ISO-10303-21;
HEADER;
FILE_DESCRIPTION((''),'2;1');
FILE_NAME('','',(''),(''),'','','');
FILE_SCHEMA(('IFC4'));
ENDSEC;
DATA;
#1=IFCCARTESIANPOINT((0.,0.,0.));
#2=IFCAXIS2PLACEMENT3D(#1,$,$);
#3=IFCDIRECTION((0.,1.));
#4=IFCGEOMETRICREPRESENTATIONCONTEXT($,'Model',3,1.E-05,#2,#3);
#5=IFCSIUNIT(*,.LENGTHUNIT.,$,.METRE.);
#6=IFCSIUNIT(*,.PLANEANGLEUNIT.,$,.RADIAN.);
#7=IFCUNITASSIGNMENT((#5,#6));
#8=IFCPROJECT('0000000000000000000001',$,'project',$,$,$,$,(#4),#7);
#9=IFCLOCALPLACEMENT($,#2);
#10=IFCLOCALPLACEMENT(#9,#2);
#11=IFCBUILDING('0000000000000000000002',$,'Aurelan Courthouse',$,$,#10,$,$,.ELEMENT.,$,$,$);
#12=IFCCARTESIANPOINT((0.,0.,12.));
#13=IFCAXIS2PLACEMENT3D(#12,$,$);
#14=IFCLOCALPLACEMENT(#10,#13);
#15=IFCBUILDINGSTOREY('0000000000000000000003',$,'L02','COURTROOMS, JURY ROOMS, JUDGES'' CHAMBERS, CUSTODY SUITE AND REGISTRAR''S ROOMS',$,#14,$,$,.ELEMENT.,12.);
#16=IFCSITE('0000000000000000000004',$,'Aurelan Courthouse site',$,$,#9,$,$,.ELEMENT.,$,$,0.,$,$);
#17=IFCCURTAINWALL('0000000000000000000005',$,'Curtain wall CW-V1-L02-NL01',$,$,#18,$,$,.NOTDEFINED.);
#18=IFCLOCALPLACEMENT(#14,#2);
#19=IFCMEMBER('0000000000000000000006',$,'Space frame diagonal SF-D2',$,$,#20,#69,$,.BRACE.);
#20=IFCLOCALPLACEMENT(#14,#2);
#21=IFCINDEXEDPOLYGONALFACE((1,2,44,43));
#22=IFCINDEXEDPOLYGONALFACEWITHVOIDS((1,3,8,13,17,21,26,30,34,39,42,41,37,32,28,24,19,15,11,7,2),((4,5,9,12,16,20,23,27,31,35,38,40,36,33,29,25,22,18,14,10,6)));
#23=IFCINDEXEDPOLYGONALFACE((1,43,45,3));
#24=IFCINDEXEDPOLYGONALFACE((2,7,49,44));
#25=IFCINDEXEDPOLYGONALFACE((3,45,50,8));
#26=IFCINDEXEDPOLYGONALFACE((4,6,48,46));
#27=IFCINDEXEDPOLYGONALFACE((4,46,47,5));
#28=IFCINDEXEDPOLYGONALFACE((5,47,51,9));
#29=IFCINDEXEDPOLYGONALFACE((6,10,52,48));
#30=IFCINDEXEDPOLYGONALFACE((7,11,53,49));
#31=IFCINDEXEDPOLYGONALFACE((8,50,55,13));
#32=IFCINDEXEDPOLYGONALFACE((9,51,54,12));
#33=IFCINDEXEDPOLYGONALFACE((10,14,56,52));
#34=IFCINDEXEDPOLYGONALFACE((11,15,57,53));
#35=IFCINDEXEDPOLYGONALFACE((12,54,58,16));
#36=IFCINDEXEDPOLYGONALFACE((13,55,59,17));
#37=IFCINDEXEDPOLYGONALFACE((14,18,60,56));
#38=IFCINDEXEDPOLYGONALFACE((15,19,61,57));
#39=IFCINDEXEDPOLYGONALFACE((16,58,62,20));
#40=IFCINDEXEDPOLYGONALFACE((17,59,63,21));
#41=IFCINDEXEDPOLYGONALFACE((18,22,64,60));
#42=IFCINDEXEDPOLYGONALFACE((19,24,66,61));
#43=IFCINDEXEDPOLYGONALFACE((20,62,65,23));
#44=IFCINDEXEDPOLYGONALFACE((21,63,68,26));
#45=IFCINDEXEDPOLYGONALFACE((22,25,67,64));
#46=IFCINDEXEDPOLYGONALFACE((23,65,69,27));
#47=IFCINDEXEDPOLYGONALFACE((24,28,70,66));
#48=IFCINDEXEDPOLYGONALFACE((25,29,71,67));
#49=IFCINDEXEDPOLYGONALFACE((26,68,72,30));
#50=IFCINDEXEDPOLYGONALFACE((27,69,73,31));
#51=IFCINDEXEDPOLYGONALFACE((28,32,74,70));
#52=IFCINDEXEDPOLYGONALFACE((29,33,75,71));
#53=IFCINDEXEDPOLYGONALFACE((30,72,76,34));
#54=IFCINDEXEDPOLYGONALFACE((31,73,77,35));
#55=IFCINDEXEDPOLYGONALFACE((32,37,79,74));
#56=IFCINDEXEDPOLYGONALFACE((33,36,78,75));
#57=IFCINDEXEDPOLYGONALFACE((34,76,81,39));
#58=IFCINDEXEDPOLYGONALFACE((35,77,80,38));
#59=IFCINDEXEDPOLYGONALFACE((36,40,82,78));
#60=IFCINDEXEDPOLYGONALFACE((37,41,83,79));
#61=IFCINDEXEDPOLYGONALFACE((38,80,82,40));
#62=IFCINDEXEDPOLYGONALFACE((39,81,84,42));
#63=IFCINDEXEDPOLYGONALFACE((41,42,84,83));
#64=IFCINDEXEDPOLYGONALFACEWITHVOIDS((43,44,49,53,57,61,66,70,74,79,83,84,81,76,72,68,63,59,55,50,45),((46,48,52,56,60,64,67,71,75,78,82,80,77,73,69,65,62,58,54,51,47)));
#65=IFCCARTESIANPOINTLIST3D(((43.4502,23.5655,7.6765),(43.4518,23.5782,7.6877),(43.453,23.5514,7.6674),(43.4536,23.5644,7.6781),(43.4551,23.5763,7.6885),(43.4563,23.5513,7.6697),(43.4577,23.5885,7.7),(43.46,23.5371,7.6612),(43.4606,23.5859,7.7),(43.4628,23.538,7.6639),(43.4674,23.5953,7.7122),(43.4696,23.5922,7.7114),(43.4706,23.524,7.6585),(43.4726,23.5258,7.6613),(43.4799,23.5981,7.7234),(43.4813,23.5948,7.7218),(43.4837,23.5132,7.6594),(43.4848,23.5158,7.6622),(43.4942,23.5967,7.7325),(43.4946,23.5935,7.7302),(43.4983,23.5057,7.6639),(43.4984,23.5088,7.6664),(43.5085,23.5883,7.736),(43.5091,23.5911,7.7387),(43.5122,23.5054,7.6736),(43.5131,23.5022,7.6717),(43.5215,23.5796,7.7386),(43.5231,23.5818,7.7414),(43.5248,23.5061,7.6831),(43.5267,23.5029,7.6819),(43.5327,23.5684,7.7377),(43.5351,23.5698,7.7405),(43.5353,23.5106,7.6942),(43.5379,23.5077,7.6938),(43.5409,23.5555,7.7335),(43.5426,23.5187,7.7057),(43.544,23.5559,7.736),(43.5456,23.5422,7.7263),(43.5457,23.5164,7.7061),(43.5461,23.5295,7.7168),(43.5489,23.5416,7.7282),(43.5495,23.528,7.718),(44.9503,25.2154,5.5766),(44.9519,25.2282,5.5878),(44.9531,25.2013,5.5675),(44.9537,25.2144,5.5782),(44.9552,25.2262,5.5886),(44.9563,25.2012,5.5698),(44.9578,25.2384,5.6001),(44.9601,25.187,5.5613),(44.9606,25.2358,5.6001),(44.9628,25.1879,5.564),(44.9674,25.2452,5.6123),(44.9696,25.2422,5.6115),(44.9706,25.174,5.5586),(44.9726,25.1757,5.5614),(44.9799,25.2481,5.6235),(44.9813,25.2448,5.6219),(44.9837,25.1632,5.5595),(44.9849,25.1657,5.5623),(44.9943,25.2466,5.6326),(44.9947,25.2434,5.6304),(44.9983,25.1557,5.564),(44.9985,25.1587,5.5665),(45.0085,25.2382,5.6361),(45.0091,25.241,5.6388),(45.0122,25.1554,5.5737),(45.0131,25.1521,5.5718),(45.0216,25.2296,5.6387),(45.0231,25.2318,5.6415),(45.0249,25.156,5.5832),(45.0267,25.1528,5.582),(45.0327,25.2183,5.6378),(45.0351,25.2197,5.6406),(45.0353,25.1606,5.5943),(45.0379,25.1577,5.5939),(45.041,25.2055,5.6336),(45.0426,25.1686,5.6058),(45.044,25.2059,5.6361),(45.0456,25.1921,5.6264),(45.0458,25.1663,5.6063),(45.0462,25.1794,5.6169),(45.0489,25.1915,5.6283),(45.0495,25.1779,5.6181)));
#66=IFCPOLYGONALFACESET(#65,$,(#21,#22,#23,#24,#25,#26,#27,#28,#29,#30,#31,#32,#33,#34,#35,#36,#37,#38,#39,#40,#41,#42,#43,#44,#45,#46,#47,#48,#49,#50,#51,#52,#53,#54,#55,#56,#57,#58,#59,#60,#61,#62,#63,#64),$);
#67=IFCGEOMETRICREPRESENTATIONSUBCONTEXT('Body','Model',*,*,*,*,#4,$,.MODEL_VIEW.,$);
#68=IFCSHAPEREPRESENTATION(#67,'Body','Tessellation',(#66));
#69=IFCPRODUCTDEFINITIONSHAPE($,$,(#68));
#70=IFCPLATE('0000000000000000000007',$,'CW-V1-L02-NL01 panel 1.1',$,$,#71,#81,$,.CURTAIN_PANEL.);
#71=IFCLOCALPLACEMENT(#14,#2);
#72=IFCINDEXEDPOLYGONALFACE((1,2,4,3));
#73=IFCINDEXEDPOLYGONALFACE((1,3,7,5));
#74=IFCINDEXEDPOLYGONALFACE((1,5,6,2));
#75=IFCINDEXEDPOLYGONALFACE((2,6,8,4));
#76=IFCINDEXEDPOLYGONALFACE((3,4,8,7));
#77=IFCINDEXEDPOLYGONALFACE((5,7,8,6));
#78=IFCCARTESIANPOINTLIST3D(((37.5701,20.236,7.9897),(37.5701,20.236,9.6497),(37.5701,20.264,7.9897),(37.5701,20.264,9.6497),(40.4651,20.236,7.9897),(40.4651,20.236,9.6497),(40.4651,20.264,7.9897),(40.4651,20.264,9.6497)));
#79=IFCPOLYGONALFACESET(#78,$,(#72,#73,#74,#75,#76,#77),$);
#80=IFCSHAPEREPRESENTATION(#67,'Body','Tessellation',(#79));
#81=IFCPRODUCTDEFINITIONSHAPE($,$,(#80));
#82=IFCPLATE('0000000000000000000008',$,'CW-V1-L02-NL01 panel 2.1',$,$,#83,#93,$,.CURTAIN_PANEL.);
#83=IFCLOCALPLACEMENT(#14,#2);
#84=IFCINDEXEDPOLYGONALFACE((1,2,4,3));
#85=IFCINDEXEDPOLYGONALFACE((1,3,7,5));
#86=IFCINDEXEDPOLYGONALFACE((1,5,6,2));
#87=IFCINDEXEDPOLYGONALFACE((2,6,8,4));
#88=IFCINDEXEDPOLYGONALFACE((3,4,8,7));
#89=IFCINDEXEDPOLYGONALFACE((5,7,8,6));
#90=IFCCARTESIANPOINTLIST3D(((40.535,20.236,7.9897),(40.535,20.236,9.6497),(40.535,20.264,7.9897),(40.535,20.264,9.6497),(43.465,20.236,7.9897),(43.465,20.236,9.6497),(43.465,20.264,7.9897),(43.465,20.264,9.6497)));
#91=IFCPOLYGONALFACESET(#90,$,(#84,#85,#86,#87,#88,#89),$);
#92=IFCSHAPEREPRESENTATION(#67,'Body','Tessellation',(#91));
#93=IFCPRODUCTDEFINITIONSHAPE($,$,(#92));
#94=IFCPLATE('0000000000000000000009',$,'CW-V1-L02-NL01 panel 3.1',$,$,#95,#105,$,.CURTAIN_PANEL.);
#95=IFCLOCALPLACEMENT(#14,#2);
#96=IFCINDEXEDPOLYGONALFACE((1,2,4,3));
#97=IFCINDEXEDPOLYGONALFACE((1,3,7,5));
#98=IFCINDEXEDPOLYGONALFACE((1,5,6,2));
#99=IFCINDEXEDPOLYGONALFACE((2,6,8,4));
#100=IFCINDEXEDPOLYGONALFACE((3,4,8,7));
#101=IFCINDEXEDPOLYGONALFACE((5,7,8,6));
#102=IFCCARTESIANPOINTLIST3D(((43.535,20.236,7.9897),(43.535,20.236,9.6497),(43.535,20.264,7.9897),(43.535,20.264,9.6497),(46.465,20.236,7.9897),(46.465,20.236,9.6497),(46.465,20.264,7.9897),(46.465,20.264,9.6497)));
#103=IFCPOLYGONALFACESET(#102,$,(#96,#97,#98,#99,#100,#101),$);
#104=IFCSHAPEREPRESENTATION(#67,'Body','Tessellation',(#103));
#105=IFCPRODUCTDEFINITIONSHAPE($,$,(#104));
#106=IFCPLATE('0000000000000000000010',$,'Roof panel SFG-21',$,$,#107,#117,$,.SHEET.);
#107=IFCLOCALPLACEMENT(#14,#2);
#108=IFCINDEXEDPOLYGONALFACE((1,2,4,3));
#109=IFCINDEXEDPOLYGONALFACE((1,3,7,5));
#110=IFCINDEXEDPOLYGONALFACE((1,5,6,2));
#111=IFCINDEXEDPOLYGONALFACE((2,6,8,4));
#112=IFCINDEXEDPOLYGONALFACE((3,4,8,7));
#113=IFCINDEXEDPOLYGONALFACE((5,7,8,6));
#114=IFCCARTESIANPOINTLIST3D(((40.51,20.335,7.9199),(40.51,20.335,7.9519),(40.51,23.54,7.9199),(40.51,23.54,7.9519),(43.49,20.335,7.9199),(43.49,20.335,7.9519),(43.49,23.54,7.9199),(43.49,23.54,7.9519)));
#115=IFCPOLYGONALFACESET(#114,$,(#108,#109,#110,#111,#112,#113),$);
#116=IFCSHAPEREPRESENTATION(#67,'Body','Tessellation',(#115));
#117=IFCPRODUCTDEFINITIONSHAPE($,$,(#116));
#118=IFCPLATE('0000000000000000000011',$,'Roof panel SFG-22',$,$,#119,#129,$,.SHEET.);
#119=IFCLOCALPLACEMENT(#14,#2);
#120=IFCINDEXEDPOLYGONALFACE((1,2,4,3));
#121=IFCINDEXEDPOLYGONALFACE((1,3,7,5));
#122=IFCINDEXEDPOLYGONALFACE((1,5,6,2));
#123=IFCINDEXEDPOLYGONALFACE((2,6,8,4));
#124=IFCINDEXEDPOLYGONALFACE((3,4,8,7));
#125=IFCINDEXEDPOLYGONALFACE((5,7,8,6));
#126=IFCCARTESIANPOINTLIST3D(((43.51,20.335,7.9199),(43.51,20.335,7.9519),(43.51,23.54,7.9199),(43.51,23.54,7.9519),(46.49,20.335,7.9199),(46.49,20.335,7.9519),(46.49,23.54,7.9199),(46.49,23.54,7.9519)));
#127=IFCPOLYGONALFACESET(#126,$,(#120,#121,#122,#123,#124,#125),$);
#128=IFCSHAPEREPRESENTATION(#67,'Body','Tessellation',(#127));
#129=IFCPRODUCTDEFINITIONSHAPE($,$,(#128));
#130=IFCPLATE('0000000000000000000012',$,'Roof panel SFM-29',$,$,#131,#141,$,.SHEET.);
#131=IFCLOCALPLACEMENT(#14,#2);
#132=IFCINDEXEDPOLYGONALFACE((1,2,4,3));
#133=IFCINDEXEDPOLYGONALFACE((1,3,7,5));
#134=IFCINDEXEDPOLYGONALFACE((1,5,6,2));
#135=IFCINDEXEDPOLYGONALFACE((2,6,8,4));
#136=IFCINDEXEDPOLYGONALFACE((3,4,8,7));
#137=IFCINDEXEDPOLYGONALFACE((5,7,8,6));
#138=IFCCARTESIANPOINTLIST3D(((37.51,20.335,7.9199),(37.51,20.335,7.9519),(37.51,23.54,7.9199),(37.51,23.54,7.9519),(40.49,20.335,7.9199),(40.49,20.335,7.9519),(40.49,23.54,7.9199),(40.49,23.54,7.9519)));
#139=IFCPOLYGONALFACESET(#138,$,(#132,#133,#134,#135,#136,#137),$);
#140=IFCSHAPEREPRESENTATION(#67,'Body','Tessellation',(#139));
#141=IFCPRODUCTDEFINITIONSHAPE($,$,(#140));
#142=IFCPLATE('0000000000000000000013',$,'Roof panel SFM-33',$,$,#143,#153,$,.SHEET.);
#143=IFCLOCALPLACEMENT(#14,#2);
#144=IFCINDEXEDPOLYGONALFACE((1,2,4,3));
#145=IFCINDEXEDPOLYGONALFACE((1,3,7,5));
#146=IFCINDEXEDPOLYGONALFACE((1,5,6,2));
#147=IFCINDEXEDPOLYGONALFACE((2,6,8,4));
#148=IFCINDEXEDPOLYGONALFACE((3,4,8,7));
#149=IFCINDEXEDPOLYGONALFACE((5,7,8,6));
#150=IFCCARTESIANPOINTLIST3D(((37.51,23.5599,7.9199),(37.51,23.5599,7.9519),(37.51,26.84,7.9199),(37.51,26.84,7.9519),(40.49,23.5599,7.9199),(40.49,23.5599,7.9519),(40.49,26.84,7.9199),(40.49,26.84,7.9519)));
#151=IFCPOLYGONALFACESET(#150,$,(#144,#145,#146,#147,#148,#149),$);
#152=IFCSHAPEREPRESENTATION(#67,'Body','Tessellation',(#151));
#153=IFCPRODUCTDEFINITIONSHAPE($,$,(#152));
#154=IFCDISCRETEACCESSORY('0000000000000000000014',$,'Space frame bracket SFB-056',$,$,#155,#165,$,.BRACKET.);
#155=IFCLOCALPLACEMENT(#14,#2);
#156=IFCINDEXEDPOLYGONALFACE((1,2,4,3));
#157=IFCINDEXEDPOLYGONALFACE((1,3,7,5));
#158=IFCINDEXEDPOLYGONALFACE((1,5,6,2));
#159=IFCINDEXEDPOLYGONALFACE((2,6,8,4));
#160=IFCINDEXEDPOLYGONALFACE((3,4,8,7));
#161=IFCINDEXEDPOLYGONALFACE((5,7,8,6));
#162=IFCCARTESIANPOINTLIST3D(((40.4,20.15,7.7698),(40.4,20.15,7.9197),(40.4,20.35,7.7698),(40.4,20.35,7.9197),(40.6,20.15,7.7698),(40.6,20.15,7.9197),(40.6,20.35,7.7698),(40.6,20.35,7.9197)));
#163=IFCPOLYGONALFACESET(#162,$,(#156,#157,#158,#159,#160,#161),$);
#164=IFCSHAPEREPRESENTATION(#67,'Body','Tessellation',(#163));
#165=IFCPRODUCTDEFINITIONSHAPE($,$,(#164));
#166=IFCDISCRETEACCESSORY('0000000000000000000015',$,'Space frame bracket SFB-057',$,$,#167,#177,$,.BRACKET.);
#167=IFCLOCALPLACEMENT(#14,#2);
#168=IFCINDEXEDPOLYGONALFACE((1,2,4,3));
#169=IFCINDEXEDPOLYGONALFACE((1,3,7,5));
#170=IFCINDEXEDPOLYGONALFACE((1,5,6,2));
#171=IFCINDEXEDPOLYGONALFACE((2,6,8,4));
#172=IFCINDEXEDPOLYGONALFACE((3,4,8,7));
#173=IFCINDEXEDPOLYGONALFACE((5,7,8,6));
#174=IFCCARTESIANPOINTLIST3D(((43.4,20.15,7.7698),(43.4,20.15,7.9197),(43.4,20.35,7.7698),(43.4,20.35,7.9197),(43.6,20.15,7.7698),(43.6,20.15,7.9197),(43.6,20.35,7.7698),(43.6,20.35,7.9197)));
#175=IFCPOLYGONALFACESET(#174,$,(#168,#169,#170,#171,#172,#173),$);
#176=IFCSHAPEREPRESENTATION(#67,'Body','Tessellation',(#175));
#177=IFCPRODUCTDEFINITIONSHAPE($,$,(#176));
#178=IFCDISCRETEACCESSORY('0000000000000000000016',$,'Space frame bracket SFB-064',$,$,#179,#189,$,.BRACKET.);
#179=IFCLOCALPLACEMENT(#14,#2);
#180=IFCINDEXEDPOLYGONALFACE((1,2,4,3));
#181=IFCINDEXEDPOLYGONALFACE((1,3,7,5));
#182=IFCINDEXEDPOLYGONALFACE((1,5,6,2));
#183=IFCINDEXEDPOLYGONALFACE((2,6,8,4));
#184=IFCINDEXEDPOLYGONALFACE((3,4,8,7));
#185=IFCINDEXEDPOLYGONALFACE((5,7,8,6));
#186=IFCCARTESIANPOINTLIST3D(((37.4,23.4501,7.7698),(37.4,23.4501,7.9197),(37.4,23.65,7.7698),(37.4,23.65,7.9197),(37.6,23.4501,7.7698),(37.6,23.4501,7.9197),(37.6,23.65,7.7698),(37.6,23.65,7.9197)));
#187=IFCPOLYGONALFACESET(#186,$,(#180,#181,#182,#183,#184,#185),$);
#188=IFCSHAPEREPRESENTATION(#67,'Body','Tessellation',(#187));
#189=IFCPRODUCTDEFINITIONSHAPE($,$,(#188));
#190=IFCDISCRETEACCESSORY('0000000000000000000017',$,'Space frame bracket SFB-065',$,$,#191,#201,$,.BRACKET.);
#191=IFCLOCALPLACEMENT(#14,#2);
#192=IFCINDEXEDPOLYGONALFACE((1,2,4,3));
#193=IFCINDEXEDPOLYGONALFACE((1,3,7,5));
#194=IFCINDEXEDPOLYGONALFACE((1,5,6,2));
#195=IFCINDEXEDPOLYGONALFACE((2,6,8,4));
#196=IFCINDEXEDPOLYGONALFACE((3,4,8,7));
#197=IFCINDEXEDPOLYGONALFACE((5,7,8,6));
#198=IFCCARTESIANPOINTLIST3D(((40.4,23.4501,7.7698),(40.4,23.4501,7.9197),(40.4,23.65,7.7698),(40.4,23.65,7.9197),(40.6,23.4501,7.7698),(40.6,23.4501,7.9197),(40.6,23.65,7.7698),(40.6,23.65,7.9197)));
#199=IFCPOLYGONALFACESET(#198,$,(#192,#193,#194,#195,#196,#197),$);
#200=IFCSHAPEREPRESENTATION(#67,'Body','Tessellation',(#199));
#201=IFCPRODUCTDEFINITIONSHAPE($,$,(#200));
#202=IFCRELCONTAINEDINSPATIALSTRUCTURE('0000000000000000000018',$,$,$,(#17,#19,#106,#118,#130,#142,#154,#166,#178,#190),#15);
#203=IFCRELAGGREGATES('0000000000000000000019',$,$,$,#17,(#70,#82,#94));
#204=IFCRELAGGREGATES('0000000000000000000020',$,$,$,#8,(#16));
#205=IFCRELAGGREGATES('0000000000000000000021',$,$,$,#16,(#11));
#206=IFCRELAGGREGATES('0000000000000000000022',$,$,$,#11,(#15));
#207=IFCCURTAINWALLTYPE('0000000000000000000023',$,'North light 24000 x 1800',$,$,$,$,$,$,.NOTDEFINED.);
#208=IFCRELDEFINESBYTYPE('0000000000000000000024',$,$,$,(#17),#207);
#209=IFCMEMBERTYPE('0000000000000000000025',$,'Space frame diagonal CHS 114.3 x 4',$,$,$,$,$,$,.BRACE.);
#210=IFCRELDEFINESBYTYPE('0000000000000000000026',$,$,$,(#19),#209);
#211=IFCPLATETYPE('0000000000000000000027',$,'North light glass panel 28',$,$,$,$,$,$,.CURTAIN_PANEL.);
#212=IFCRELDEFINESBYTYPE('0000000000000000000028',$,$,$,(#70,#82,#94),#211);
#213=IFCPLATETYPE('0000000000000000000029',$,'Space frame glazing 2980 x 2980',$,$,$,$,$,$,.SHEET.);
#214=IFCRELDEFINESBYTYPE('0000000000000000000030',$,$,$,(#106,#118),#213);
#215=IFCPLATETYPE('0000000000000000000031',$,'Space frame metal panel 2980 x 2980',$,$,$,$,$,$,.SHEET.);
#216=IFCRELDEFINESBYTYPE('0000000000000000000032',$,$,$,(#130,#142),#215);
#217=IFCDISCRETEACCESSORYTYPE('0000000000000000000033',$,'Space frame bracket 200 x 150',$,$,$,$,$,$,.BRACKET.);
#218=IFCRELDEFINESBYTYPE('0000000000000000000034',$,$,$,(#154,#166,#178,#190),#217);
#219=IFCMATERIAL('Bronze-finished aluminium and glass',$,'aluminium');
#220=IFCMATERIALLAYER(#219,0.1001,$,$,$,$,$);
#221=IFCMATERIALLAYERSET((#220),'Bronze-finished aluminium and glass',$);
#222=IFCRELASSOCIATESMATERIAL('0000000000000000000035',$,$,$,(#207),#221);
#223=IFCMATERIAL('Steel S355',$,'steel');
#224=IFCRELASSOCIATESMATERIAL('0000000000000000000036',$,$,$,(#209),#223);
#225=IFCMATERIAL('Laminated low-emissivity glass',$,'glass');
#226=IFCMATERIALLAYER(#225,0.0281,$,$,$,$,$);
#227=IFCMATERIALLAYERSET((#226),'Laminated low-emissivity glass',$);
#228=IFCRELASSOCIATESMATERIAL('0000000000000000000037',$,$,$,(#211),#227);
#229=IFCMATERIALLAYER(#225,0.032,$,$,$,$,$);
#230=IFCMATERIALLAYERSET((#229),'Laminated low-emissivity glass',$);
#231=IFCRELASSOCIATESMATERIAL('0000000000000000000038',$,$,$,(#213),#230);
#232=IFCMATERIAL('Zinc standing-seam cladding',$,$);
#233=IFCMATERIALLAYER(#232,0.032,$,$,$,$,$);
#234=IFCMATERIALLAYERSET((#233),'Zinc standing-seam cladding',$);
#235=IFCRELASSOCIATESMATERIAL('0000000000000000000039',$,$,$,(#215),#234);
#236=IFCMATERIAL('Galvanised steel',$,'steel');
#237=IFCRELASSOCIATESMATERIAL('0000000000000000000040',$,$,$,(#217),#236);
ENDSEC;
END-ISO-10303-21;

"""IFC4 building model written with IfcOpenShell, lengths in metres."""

from ifc_helpers import new_model, si_unit, direction, frame, origin, origin_2d, place, context, subcontext, project, spatial, rectangle, hollow_circle, extrude, material, layer, layer_set, material_profile, profile_set, type_object, element, aggregate, save


model = new_model("IFC4")

# Units and contexts
model_context = context("Model", 3, precision=1e-05, world=origin(), true_north=direction((0.0, 1.0)))
body_context = subcontext(model_context, "Body", "Model", "MODEL_VIEW")
ifc_project = project(units=[si_unit("LENGTHUNIT", "METRE"), si_unit("PLANEANGLEUNIT", "RADIAN")], contexts=[model_context])

# Site, building, storey
site_placement = place(None, origin())
site = spatial("IfcSite", under=ifc_project, at=site_placement, Name="Aurelan Courthouse site", CompositionType="ELEMENT", RefElevation=0.0)
building_placement = place(site_placement, origin())
building = spatial("IfcBuilding", under=site, at=building_placement, Name="Aurelan Courthouse", CompositionType="ELEMENT")
storey_placement = place(building_placement, frame((0.0, 0.0, 12.0)))
storey = spatial("IfcBuildingStorey", under=building, at=storey_placement, Name="L02", Description="COURTROOMS, JURY ROOMS, JUDGES' CHAMBERS, CUSTODY SUITE AND REGISTRAR'S ROOMS", CompositionType="ELEMENT", Elevation=12.0)

# Curtain wall
ifc_material_1 = material(Name="Bronze-finished aluminium and glass", Category="aluminium")
ifc_layer_1 = layer(ifc_material_1, 0.1001)
ifc_layer_set_1 = layer_set([ifc_layer_1], Name="Bronze-finished aluminium and glass")
curtain_wall_type = type_object("IfcCurtainWallType", Name="North light 24000 x 1800", PredefinedType="NOTDEFINED", material=ifc_layer_set_1)
curtain_wall_placement = place(storey_placement, origin())
curtain_wall = element("IfcCurtainWall", 1, at=curtain_wall_placement, inside=storey, type_object=curtain_wall_type, Name="Curtain wall CW-V1-L02-NL01", PredefinedType="NOTDEFINED")

# Member
ifc_material_2 = material(Name="Steel S355", Category="steel")
ifc_material_profile_1 = material_profile(ifc_material_2, hollow_circle(Radius=0.0571, WallThickness=0.0039, at=origin_2d()), Name="CHS 114.3 x 4")
ifc_profile_set_1 = profile_set([ifc_material_profile_1], Name="Steel S355")
member_type_1 = type_object("IfcMemberType", Name="Space frame diagonal CHS 114.3 x 4", PredefinedType="BRACE", material=ifc_profile_set_1)
for number, where, z_axis, x_axis, name in (
    (2, (43.5, 23.55, 7.7), (0.489727, 0.538667, -0.685569), (-0.73992, 0.672695, 0.0), "Space frame diagonal SF-D2"),
):
    element("IfcMember", number, at=place(storey_placement, frame(where, z_axis=z_axis, x_axis=x_axis)), inside=storey, type_object=member_type_1, Name=name, PredefinedType="BRACE", context=body_context, shape_type="SweptSolid", body=[
        extrude(hollow_circle(Radius=0.0571, WallThickness=0.0039, at=origin_2d()), origin(), (0.0, 0.0, 1.0), 3.063),
    ])

# Plates
ifc_material_3 = material(Name="Laminated low-emissivity glass", Category="glass")
ifc_layer_2 = layer(ifc_material_3, 0.0281)
ifc_layer_set_2 = layer_set([ifc_layer_2], Name="Laminated low-emissivity glass")
plate_type_1 = type_object("IfcPlateType", Name="North light glass panel 28", PredefinedType="CURTAIN_PANEL", material=ifc_layer_set_2)
plate_1_placement = place(storey_placement, frame((39.0176, 20.25, 7.9897), z_axis=(0.0, 0.0, 1.0), x_axis=(1.0, 0.0, 0.0)))
plate_1 = element("IfcPlate", 3, at=plate_1_placement, type_object=plate_type_1, Name="CW-V1-L02-NL01 panel 1.1", PredefinedType="CURTAIN_PANEL", context=body_context, shape_type="SweptSolid", body=[
    extrude(rectangle(XDim=2.895, YDim=0.0281, at=origin_2d()), origin(), (0.0, 0.0, 1.0), 1.6599),
])
plate_2_placement = place(storey_placement, frame((42.0, 20.25, 7.9897), z_axis=(0.0, 0.0, 1.0), x_axis=(1.0, 0.0, 0.0)))
plate_2 = element("IfcPlate", 4, at=plate_2_placement, type_object=plate_type_1, Name="CW-V1-L02-NL01 panel 2.1", PredefinedType="CURTAIN_PANEL", context=body_context, shape_type="SweptSolid", body=[
    extrude(rectangle(XDim=2.9299, YDim=0.0281, at=origin_2d()), origin(), (0.0, 0.0, 1.0), 1.6599),
])
plate_3_placement = place(storey_placement, frame((45.0, 20.25, 7.9897), z_axis=(0.0, 0.0, 1.0), x_axis=(1.0, 0.0, 0.0)))
plate_3 = element("IfcPlate", 5, at=plate_3_placement, type_object=plate_type_1, Name="CW-V1-L02-NL01 panel 3.1", PredefinedType="CURTAIN_PANEL", context=body_context, shape_type="SweptSolid", body=[
    extrude(rectangle(XDim=2.9299, YDim=0.0281, at=origin_2d()), origin(), (0.0, 0.0, 1.0), 1.6599),
])
aggregate(curtain_wall, [plate_1, plate_2, plate_3])

# Plates
ifc_layer_3 = layer(ifc_material_3, 0.032)
ifc_layer_set_3 = layer_set([ifc_layer_3], Name="Laminated low-emissivity glass")
plate_type_2 = type_object("IfcPlateType", Name="Space frame glazing 2980 x 2980", PredefinedType="SHEET", material=ifc_layer_set_3)
for number, where, z_axis, x_axis, name in (
    (6, (42.0, 21.9375, 7.9199), (0.0, 0.0, 1.0), (1.0, 0.0, 0.0), "Roof panel SFG-21"),
    (7, (45.0, 21.9375, 7.9199), (0.0, 0.0, 1.0), (1.0, 0.0, 0.0), "Roof panel SFG-22"),
):
    element("IfcPlate", number, at=place(storey_placement, frame(where, z_axis=z_axis, x_axis=x_axis)), inside=storey, type_object=plate_type_2, Name=name, PredefinedType="SHEET", context=body_context, shape_type="SweptSolid", body=[
        extrude(rectangle(XDim=2.98, YDim=3.2051, at=origin_2d()), origin(), (0.0, 0.0, 1.0), 0.032),
    ])
ifc_material_4 = material(Name="Zinc standing-seam cladding")
ifc_layer_4 = layer(ifc_material_4, 0.032)
ifc_layer_set_4 = layer_set([ifc_layer_4], Name="Zinc standing-seam cladding")
plate_type_3 = type_object("IfcPlateType", Name="Space frame metal panel 2980 x 2980", PredefinedType="SHEET", material=ifc_layer_set_4)
plate_4_placement = place(storey_placement, frame((39.0, 21.9375, 7.9199), z_axis=(0.0, 0.0, 1.0), x_axis=(1.0, 0.0, 0.0)))
element("IfcPlate", 8, at=plate_4_placement, inside=storey, type_object=plate_type_3, Name="Roof panel SFM-29", PredefinedType="SHEET", context=body_context, shape_type="SweptSolid", body=[
    extrude(rectangle(XDim=2.98, YDim=3.2051, at=origin_2d()), origin(), (0.0, 0.0, 1.0), 0.032),
])
plate_5_placement = place(storey_placement, frame((39.0, 25.2, 7.9199), z_axis=(0.0, 0.0, 1.0), x_axis=(1.0, 0.0, 0.0)))
element("IfcPlate", 9, at=plate_5_placement, inside=storey, type_object=plate_type_3, Name="Roof panel SFM-33", PredefinedType="SHEET", context=body_context, shape_type="SweptSolid", body=[
    extrude(rectangle(XDim=2.98, YDim=3.28, at=origin_2d()), origin(), (0.0, 0.0, 1.0), 0.032),
])

# Discrete accessories
ifc_material_5 = material(Name="Galvanised steel", Category="steel")
discrete_accessory_type = type_object("IfcDiscreteAccessoryType", Name="Space frame bracket 200 x 150", PredefinedType="BRACKET", material=ifc_material_5)
for number, where, z_axis, x_axis, name in (
    (10, (40.5, 20.25, 7.7698), (0.0, 0.0, 1.0), (1.0, 0.0, 0.0), "Space frame bracket SFB-056"),
    (11, (43.5, 20.25, 7.7698), (0.0, 0.0, 1.0), (1.0, 0.0, 0.0), "Space frame bracket SFB-057"),
    (12, (37.5, 23.55, 7.7698), (0.0, 0.0, 1.0), (1.0, 0.0, 0.0), "Space frame bracket SFB-064"),
    (13, (40.5, 23.55, 7.7698), (0.0, 0.0, 1.0), (1.0, 0.0, 0.0), "Space frame bracket SFB-065"),
):
    element("IfcDiscreteAccessory", number, at=place(storey_placement, frame(where, z_axis=z_axis, x_axis=x_axis)), inside=storey, type_object=discrete_accessory_type, Name=name, PredefinedType="BRACKET", context=body_context, shape_type="SweptSolid", body=[
        extrude(rectangle(XDim=0.2, YDim=0.2, at=origin_2d()), origin(), (0.0, 0.0, 1.0), 0.1499),
    ])

save(model, "model.ifc")
